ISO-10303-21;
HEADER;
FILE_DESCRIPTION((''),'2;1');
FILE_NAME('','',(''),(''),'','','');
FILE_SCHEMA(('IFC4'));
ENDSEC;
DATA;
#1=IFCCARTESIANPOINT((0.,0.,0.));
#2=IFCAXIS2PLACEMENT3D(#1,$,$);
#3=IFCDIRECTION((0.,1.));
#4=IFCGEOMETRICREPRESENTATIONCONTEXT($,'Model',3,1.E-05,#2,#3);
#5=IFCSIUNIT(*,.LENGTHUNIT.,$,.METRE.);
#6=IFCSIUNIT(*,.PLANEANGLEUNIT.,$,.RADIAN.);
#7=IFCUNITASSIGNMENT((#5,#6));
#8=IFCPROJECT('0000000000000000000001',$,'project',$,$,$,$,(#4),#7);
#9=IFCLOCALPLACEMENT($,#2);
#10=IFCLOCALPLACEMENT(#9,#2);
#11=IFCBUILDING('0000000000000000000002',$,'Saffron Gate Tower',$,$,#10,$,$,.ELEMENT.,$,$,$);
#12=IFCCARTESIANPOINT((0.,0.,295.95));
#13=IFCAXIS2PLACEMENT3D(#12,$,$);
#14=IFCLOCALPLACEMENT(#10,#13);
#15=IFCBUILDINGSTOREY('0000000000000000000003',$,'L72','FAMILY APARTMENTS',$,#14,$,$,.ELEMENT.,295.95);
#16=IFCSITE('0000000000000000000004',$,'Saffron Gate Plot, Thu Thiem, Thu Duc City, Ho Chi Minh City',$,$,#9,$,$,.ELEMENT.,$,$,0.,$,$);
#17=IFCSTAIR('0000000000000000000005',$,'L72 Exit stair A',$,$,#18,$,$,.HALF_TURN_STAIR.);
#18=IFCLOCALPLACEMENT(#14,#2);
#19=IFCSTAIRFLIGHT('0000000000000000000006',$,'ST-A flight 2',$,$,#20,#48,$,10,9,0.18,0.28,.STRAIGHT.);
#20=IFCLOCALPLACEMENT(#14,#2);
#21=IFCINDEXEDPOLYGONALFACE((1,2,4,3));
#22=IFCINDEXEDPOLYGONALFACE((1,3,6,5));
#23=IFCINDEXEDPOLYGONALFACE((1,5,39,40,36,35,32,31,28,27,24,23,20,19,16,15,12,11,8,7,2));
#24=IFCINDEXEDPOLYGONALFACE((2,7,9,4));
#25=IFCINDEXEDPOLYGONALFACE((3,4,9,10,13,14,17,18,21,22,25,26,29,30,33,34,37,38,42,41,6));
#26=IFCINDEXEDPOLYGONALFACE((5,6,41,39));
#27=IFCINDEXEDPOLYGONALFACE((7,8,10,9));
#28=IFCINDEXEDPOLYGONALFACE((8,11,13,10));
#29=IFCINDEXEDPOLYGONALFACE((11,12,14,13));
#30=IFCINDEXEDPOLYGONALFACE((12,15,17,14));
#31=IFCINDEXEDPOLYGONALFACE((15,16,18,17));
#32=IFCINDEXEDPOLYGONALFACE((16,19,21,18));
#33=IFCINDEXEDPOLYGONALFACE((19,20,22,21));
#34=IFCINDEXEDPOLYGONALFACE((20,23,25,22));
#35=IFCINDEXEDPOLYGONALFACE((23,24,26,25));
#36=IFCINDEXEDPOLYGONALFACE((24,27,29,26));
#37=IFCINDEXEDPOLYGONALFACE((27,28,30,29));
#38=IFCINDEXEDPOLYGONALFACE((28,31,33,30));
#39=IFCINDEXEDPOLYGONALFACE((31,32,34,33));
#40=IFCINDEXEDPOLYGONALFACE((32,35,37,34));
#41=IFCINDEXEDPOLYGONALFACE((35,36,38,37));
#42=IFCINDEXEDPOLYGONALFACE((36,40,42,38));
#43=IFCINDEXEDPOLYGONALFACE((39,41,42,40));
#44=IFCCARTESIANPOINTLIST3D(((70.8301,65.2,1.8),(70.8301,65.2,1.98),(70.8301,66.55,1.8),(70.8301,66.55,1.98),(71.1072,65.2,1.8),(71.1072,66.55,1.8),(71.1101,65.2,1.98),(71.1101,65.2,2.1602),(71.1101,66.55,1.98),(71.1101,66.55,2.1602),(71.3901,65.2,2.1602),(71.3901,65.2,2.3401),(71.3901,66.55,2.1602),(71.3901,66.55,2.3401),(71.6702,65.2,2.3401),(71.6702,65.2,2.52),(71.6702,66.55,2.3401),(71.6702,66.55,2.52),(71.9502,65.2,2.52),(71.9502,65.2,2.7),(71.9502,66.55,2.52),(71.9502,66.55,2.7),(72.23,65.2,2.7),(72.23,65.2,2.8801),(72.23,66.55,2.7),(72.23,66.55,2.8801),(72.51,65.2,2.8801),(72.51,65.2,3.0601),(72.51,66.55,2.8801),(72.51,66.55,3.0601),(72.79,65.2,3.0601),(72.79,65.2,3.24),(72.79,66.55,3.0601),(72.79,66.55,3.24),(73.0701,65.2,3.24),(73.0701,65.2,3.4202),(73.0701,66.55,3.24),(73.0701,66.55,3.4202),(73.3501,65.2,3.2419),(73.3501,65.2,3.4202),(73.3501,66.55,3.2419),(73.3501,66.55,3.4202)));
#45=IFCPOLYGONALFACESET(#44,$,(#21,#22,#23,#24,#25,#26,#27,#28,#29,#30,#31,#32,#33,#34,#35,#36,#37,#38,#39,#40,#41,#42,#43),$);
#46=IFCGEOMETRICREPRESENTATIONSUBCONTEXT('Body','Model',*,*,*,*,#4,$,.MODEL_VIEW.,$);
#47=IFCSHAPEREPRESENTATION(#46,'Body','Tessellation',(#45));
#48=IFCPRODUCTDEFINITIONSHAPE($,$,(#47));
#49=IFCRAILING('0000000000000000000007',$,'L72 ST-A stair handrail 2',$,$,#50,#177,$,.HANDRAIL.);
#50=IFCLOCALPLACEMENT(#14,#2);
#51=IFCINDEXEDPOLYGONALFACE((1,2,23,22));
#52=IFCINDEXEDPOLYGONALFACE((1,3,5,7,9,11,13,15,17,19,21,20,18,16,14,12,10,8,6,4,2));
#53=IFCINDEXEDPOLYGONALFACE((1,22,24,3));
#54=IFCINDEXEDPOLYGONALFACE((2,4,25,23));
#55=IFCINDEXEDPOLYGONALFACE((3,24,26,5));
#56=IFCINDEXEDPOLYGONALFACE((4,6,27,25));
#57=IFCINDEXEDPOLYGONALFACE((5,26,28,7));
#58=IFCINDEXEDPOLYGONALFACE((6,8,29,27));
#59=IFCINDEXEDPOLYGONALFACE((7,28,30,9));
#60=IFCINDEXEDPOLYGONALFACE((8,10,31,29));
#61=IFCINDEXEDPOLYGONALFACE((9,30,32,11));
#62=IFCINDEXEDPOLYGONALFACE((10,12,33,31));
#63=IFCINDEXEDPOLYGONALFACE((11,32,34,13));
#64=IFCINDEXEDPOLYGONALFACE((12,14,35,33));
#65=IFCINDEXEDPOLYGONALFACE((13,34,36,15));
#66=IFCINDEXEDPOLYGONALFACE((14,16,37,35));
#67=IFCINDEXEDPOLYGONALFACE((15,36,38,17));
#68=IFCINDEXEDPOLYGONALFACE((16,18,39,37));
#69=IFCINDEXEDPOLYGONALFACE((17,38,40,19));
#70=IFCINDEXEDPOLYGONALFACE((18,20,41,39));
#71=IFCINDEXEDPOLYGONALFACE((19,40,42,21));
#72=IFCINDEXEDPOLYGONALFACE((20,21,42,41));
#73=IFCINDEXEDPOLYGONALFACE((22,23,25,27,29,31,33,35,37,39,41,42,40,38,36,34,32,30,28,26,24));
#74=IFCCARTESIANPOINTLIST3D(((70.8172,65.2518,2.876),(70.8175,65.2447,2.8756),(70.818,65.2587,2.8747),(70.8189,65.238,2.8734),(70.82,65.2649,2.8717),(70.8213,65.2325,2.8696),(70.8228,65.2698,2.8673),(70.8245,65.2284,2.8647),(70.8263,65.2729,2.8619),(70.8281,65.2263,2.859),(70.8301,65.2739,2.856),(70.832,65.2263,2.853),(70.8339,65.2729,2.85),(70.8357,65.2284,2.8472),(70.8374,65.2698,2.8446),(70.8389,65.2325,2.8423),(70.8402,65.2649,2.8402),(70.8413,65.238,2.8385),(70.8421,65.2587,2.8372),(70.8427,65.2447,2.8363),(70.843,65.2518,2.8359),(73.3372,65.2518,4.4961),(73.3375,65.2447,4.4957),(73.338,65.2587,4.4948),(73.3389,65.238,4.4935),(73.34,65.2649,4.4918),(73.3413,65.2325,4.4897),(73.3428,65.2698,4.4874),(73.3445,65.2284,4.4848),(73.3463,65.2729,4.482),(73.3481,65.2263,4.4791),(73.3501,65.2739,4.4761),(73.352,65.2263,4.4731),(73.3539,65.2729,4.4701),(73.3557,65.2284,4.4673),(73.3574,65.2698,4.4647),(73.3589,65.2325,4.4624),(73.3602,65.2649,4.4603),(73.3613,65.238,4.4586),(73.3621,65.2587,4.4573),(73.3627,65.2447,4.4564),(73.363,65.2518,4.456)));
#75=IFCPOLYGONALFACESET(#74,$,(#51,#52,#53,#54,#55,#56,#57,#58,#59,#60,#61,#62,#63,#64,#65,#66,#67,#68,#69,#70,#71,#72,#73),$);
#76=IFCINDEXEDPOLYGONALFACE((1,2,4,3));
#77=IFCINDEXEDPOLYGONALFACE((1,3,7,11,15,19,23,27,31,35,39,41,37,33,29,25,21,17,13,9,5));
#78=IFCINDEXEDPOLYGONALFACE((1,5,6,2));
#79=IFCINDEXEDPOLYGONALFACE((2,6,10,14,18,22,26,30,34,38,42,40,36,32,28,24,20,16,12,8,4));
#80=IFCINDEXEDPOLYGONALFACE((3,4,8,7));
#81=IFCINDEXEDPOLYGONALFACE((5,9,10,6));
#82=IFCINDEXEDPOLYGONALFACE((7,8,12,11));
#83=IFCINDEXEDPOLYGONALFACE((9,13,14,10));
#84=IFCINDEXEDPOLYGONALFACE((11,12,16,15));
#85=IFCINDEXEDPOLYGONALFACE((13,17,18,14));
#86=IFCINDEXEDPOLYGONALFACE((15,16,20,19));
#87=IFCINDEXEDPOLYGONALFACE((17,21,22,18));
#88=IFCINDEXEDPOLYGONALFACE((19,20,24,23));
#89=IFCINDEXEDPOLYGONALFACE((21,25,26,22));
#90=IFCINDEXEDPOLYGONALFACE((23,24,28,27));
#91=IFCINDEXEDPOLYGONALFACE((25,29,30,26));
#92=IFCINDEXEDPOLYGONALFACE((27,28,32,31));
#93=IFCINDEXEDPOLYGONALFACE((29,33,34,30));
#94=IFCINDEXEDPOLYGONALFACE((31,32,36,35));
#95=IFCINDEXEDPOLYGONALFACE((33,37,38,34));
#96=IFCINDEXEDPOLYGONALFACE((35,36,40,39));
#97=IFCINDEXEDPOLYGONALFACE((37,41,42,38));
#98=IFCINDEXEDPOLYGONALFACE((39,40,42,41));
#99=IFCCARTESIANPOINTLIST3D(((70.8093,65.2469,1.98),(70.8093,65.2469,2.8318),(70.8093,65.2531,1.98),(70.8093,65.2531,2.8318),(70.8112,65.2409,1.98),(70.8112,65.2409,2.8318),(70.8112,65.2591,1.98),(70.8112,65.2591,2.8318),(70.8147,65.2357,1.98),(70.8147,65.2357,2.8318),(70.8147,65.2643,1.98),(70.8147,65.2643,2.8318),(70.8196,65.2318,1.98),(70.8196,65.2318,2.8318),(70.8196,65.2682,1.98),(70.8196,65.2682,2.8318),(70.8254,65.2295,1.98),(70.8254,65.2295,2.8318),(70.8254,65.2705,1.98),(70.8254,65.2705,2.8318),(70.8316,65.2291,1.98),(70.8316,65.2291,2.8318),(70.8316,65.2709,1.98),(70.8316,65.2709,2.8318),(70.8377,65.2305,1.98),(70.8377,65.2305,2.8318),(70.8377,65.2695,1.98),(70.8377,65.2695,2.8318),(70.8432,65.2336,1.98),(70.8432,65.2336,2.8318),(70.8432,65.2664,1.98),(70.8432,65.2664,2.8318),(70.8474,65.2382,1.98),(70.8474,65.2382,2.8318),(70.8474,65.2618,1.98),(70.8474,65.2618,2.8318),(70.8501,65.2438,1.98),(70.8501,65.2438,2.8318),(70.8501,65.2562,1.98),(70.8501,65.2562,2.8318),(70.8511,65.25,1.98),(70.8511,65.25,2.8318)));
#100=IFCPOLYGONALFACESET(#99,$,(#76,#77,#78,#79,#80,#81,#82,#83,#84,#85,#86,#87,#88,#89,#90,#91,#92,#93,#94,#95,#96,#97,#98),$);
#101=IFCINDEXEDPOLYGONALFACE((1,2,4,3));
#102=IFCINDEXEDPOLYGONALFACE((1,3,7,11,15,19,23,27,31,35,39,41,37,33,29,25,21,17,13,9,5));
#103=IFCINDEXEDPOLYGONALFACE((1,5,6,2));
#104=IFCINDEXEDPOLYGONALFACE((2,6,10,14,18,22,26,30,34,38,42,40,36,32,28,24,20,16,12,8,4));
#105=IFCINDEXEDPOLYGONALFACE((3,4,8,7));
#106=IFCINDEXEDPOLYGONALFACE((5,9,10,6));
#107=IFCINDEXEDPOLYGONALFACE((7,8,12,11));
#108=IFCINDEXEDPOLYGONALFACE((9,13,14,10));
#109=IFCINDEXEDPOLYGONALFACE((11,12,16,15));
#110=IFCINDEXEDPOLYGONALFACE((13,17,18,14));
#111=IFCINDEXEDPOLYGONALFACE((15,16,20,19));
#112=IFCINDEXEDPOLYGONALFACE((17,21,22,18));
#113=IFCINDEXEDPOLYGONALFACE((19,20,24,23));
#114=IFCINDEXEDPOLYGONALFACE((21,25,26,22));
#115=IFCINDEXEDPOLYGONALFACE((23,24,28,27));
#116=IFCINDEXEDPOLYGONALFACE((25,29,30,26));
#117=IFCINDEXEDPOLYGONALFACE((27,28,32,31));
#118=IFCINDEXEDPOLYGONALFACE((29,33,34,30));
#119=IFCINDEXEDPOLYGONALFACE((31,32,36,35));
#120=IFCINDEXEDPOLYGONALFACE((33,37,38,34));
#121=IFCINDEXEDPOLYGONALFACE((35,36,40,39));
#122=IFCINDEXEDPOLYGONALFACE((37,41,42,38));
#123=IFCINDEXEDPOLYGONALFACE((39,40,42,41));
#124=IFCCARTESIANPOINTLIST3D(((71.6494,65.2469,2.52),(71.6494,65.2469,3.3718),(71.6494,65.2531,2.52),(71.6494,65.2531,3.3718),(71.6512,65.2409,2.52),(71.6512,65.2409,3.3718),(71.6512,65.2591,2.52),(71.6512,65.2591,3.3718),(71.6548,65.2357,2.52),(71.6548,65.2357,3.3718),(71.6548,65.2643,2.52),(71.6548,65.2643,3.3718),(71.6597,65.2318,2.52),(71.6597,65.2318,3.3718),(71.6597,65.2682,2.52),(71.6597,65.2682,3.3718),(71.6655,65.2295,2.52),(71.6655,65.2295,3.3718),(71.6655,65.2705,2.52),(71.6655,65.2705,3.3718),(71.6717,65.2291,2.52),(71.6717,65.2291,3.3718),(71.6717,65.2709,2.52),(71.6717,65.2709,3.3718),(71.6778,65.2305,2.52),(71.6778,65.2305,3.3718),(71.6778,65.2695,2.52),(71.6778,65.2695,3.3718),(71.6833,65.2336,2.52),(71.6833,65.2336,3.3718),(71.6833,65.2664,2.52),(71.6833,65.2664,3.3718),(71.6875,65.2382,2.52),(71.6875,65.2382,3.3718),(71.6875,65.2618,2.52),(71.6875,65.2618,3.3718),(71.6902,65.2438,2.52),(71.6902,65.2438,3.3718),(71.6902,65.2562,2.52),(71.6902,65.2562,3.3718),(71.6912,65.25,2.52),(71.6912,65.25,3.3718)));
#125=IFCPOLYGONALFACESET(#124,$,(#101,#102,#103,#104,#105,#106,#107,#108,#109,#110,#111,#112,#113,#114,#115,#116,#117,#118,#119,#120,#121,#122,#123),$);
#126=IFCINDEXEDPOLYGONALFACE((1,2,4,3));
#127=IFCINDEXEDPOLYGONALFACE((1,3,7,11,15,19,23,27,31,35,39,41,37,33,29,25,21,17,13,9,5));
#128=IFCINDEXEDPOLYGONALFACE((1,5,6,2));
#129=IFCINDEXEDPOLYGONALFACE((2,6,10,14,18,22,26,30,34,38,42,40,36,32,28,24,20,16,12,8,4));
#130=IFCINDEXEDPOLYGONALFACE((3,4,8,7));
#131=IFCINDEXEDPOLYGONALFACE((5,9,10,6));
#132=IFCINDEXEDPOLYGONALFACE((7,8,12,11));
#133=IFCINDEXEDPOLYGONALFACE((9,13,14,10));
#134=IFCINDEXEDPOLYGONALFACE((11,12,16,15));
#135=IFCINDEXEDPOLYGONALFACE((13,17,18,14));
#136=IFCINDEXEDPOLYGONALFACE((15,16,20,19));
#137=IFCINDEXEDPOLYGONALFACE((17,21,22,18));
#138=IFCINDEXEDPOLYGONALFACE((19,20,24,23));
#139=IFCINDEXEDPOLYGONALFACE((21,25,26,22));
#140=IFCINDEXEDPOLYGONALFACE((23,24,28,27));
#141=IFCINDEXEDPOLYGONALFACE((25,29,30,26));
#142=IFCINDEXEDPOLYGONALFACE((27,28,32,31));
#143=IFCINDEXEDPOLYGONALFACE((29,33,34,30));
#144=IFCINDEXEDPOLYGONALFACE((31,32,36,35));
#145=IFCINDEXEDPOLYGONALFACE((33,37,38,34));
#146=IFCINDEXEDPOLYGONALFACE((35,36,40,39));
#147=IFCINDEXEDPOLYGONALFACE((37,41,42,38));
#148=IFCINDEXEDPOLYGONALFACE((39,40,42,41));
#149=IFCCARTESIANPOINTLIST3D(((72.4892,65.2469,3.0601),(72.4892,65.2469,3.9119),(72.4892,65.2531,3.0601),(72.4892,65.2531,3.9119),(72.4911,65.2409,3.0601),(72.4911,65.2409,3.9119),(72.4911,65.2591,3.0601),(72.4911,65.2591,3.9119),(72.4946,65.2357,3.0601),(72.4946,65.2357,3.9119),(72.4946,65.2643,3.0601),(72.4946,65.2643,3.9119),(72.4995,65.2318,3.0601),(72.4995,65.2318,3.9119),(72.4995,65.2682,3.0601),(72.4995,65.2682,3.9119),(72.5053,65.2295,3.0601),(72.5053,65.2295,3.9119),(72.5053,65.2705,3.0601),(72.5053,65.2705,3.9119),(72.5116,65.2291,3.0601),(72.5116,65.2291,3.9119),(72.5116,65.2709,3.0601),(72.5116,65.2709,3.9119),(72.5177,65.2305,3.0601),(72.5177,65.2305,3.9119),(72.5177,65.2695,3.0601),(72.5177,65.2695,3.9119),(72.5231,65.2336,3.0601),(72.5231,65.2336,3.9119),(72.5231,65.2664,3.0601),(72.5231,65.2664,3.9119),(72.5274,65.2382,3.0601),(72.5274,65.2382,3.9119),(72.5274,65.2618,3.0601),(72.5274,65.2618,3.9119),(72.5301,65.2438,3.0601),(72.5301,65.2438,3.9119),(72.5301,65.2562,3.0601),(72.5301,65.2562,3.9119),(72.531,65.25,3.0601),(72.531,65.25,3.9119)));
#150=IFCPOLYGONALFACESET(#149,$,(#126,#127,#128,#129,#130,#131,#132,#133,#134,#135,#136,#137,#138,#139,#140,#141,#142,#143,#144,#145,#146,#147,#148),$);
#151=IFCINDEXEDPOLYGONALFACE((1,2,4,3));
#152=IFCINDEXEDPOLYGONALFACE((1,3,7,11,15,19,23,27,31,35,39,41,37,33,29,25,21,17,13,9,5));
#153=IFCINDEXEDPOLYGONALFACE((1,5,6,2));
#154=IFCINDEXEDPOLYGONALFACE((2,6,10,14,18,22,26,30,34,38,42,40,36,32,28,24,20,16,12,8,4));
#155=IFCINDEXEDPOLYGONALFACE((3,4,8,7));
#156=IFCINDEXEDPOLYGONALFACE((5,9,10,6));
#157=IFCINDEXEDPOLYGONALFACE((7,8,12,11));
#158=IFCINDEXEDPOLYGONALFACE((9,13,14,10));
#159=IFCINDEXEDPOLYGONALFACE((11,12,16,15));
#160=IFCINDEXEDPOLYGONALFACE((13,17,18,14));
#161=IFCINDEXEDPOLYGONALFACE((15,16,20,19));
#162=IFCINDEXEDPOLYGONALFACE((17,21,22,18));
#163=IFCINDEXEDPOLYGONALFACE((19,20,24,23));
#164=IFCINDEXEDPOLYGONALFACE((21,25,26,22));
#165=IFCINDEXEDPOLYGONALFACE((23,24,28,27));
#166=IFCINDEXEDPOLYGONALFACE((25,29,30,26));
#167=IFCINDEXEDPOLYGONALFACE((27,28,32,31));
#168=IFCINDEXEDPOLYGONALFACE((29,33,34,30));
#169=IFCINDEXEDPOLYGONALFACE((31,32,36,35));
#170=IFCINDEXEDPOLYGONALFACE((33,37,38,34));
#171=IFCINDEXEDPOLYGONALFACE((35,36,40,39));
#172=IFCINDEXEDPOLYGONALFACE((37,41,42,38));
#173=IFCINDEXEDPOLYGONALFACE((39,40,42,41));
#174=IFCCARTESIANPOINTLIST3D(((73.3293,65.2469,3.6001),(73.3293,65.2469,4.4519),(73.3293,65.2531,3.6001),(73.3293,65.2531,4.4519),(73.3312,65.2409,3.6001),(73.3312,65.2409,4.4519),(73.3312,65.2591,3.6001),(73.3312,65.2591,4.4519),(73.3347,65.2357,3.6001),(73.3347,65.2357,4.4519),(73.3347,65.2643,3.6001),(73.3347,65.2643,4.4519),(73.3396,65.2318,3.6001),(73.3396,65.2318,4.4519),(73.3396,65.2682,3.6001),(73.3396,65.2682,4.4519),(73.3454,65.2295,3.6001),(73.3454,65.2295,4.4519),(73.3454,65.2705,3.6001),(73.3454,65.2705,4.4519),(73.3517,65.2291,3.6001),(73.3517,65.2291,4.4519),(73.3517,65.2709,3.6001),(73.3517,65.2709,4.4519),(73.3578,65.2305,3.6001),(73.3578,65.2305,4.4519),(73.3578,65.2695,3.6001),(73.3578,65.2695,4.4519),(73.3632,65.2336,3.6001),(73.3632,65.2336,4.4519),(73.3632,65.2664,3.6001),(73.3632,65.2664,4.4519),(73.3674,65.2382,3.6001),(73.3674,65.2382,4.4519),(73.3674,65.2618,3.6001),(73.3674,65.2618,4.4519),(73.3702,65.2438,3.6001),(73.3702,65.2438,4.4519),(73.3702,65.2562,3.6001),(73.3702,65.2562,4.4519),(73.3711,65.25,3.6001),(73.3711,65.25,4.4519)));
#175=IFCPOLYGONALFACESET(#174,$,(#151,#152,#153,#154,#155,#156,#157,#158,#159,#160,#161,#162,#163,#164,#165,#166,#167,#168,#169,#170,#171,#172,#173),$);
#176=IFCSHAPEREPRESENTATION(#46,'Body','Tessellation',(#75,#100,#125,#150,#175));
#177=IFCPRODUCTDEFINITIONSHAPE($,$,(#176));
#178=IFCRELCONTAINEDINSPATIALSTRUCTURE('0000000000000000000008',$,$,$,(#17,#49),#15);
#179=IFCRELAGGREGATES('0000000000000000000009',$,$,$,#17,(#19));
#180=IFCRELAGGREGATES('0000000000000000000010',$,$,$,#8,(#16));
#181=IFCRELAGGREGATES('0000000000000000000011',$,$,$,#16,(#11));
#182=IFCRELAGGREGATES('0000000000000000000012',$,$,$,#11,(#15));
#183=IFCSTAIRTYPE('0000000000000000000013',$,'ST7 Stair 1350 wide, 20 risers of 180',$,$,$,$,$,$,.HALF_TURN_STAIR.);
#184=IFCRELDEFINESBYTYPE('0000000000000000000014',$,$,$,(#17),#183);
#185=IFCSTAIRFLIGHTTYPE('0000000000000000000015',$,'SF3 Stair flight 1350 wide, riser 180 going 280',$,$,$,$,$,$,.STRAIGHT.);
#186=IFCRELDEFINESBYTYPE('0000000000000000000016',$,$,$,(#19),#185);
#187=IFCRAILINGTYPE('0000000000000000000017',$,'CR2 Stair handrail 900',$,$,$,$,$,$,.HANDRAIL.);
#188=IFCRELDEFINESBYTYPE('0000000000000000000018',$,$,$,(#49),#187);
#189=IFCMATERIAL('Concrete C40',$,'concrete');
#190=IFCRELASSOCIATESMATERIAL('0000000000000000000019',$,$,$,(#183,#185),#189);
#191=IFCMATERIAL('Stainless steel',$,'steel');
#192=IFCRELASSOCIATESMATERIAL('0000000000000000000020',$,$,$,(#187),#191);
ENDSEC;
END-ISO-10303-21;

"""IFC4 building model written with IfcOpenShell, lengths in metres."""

from ifc_helpers import new_model, si_unit, direction, frame, origin, origin_2d, place, context, subcontext, project, spatial, polyline, circle, outline, extrude, material, type_object, element, aggregate, save


model = new_model("IFC4")

# Units and contexts
model_context = context("Model", 3, precision=1e-05, world=origin(), true_north=direction((0.0, 1.0)))
body_context = subcontext(model_context, "Body", "Model", "MODEL_VIEW")
ifc_project = project(units=[si_unit("LENGTHUNIT", "METRE"), si_unit("PLANEANGLEUNIT", "RADIAN")], contexts=[model_context])

# Site, building, storey
site_placement = place(None, origin())
site = spatial("IfcSite", under=ifc_project, at=site_placement, Name="Saffron Gate Plot, Thu Thiem, Thu Duc City, Ho Chi Minh City", CompositionType="ELEMENT", RefElevation=0.0)
building_placement = place(site_placement, origin())
building = spatial("IfcBuilding", under=site, at=building_placement, Name="Saffron Gate Tower", CompositionType="ELEMENT")
storey_placement = place(building_placement, frame((0.0, 0.0, 295.95)))
storey = spatial("IfcBuildingStorey", under=building, at=storey_placement, Name="L72", Description="FAMILY APARTMENTS", CompositionType="ELEMENT", Elevation=295.95)

# Stair, stair flight
ifc_material_1 = material(Name="Concrete C40", Category="concrete")
stair_type = type_object("IfcStairType", Name="ST7 Stair 1350 wide, 20 risers of 180", PredefinedType="HALF_TURN_STAIR", material=ifc_material_1)
stair_placement = place(storey_placement, origin())
stair = element("IfcStair", 1, at=stair_placement, inside=storey, type_object=stair_type, Name="L72 Exit stair A", PredefinedType="HALF_TURN_STAIR")
stair_flight_type = type_object("IfcStairFlightType", Name="SF3 Stair flight 1350 wide, riser 180 going 280", PredefinedType="STRAIGHT", material=ifc_material_1)
stair_flight_placement = place(storey_placement, frame((70.8301, 65.875, 1.8), z_axis=(0.0, 0.0, 1.0), x_axis=(1.0, 0.0, 0.0)))
stair_flight = element("IfcStairFlight", 2, at=stair_flight_placement, type_object=stair_flight_type, Name="ST-A flight 2", NumberOfRisers=10, NumberOfTreads=9, PredefinedType="STRAIGHT", RiserHeight=0.18, TreadLength=0.28, context=body_context, shape_type="SweptSolid", body=[
    extrude(outline(polyline([(0.0, 0.0), (0.0, 0.1799), (0.28, 0.1799), (0.28, 0.3601), (0.5601, 0.3601), (0.5601, 0.54), (0.8401, 0.54), (0.8401, 0.72), (1.1201, 0.72), (1.1201, 0.8999), (1.3999, 0.8999), (1.3999, 1.0801), (1.6799, 1.0801), (1.6799, 1.26), (1.96, 1.26), (1.96, 1.4399), (2.24, 1.4399), (2.24, 1.6201), (2.52, 1.6201), (2.52, 1.8), (2.52, 1.4419), (0.2771, 0.0), (0.0, 0.0)])), frame((0.0, 0.675, 0.0), z_axis=(0.0, -1.0, 0.0), x_axis=(1.0, 0.0, 0.0)), (0.0, 0.0, 1.0), 1.3501),
])
aggregate(stair, [stair_flight])

# Railing
ifc_material_2 = material(Name="Stainless steel", Category="steel")
railing_type = type_object("IfcRailingType", Name="CR2 Stair handrail 900", PredefinedType="HANDRAIL", material=ifc_material_2)
railing_placement = place(storey_placement, frame((70.8301, 65.25, 1.98)))
element("IfcRailing", 3, at=railing_placement, inside=storey, type_object=railing_type, Name="L72 ST-A stair handrail 2", PredefinedType="HANDRAIL", context=body_context, shape_type="SweptSolid", body=[
    extrude(circle(Radius=0.0239, at=origin_2d()), frame((0.0, 0.0, 0.876), z_axis=(0.841163, 0.0, 0.540782), x_axis=(0.0, 1.0, 0.0)), (0.0, 0.0, 1.0), 2.9958),
    extrude(circle(Radius=0.021, at=origin_2d()), origin(), (0.0, 0.0, 1.0), 0.8518),
    extrude(circle(Radius=0.021, at=origin_2d()), frame((0.8401, 0.0, 0.54)), (0.0, 0.0, 1.0), 0.8518),
    extrude(circle(Radius=0.021, at=origin_2d()), frame((1.6799, 0.0, 1.0801)), (0.0, 0.0, 1.0), 0.8518),
    extrude(circle(Radius=0.021, at=origin_2d()), frame((2.52, 0.0, 1.6201)), (0.0, 0.0, 1.0), 0.8518),
])

save(model, "model.ifc")
